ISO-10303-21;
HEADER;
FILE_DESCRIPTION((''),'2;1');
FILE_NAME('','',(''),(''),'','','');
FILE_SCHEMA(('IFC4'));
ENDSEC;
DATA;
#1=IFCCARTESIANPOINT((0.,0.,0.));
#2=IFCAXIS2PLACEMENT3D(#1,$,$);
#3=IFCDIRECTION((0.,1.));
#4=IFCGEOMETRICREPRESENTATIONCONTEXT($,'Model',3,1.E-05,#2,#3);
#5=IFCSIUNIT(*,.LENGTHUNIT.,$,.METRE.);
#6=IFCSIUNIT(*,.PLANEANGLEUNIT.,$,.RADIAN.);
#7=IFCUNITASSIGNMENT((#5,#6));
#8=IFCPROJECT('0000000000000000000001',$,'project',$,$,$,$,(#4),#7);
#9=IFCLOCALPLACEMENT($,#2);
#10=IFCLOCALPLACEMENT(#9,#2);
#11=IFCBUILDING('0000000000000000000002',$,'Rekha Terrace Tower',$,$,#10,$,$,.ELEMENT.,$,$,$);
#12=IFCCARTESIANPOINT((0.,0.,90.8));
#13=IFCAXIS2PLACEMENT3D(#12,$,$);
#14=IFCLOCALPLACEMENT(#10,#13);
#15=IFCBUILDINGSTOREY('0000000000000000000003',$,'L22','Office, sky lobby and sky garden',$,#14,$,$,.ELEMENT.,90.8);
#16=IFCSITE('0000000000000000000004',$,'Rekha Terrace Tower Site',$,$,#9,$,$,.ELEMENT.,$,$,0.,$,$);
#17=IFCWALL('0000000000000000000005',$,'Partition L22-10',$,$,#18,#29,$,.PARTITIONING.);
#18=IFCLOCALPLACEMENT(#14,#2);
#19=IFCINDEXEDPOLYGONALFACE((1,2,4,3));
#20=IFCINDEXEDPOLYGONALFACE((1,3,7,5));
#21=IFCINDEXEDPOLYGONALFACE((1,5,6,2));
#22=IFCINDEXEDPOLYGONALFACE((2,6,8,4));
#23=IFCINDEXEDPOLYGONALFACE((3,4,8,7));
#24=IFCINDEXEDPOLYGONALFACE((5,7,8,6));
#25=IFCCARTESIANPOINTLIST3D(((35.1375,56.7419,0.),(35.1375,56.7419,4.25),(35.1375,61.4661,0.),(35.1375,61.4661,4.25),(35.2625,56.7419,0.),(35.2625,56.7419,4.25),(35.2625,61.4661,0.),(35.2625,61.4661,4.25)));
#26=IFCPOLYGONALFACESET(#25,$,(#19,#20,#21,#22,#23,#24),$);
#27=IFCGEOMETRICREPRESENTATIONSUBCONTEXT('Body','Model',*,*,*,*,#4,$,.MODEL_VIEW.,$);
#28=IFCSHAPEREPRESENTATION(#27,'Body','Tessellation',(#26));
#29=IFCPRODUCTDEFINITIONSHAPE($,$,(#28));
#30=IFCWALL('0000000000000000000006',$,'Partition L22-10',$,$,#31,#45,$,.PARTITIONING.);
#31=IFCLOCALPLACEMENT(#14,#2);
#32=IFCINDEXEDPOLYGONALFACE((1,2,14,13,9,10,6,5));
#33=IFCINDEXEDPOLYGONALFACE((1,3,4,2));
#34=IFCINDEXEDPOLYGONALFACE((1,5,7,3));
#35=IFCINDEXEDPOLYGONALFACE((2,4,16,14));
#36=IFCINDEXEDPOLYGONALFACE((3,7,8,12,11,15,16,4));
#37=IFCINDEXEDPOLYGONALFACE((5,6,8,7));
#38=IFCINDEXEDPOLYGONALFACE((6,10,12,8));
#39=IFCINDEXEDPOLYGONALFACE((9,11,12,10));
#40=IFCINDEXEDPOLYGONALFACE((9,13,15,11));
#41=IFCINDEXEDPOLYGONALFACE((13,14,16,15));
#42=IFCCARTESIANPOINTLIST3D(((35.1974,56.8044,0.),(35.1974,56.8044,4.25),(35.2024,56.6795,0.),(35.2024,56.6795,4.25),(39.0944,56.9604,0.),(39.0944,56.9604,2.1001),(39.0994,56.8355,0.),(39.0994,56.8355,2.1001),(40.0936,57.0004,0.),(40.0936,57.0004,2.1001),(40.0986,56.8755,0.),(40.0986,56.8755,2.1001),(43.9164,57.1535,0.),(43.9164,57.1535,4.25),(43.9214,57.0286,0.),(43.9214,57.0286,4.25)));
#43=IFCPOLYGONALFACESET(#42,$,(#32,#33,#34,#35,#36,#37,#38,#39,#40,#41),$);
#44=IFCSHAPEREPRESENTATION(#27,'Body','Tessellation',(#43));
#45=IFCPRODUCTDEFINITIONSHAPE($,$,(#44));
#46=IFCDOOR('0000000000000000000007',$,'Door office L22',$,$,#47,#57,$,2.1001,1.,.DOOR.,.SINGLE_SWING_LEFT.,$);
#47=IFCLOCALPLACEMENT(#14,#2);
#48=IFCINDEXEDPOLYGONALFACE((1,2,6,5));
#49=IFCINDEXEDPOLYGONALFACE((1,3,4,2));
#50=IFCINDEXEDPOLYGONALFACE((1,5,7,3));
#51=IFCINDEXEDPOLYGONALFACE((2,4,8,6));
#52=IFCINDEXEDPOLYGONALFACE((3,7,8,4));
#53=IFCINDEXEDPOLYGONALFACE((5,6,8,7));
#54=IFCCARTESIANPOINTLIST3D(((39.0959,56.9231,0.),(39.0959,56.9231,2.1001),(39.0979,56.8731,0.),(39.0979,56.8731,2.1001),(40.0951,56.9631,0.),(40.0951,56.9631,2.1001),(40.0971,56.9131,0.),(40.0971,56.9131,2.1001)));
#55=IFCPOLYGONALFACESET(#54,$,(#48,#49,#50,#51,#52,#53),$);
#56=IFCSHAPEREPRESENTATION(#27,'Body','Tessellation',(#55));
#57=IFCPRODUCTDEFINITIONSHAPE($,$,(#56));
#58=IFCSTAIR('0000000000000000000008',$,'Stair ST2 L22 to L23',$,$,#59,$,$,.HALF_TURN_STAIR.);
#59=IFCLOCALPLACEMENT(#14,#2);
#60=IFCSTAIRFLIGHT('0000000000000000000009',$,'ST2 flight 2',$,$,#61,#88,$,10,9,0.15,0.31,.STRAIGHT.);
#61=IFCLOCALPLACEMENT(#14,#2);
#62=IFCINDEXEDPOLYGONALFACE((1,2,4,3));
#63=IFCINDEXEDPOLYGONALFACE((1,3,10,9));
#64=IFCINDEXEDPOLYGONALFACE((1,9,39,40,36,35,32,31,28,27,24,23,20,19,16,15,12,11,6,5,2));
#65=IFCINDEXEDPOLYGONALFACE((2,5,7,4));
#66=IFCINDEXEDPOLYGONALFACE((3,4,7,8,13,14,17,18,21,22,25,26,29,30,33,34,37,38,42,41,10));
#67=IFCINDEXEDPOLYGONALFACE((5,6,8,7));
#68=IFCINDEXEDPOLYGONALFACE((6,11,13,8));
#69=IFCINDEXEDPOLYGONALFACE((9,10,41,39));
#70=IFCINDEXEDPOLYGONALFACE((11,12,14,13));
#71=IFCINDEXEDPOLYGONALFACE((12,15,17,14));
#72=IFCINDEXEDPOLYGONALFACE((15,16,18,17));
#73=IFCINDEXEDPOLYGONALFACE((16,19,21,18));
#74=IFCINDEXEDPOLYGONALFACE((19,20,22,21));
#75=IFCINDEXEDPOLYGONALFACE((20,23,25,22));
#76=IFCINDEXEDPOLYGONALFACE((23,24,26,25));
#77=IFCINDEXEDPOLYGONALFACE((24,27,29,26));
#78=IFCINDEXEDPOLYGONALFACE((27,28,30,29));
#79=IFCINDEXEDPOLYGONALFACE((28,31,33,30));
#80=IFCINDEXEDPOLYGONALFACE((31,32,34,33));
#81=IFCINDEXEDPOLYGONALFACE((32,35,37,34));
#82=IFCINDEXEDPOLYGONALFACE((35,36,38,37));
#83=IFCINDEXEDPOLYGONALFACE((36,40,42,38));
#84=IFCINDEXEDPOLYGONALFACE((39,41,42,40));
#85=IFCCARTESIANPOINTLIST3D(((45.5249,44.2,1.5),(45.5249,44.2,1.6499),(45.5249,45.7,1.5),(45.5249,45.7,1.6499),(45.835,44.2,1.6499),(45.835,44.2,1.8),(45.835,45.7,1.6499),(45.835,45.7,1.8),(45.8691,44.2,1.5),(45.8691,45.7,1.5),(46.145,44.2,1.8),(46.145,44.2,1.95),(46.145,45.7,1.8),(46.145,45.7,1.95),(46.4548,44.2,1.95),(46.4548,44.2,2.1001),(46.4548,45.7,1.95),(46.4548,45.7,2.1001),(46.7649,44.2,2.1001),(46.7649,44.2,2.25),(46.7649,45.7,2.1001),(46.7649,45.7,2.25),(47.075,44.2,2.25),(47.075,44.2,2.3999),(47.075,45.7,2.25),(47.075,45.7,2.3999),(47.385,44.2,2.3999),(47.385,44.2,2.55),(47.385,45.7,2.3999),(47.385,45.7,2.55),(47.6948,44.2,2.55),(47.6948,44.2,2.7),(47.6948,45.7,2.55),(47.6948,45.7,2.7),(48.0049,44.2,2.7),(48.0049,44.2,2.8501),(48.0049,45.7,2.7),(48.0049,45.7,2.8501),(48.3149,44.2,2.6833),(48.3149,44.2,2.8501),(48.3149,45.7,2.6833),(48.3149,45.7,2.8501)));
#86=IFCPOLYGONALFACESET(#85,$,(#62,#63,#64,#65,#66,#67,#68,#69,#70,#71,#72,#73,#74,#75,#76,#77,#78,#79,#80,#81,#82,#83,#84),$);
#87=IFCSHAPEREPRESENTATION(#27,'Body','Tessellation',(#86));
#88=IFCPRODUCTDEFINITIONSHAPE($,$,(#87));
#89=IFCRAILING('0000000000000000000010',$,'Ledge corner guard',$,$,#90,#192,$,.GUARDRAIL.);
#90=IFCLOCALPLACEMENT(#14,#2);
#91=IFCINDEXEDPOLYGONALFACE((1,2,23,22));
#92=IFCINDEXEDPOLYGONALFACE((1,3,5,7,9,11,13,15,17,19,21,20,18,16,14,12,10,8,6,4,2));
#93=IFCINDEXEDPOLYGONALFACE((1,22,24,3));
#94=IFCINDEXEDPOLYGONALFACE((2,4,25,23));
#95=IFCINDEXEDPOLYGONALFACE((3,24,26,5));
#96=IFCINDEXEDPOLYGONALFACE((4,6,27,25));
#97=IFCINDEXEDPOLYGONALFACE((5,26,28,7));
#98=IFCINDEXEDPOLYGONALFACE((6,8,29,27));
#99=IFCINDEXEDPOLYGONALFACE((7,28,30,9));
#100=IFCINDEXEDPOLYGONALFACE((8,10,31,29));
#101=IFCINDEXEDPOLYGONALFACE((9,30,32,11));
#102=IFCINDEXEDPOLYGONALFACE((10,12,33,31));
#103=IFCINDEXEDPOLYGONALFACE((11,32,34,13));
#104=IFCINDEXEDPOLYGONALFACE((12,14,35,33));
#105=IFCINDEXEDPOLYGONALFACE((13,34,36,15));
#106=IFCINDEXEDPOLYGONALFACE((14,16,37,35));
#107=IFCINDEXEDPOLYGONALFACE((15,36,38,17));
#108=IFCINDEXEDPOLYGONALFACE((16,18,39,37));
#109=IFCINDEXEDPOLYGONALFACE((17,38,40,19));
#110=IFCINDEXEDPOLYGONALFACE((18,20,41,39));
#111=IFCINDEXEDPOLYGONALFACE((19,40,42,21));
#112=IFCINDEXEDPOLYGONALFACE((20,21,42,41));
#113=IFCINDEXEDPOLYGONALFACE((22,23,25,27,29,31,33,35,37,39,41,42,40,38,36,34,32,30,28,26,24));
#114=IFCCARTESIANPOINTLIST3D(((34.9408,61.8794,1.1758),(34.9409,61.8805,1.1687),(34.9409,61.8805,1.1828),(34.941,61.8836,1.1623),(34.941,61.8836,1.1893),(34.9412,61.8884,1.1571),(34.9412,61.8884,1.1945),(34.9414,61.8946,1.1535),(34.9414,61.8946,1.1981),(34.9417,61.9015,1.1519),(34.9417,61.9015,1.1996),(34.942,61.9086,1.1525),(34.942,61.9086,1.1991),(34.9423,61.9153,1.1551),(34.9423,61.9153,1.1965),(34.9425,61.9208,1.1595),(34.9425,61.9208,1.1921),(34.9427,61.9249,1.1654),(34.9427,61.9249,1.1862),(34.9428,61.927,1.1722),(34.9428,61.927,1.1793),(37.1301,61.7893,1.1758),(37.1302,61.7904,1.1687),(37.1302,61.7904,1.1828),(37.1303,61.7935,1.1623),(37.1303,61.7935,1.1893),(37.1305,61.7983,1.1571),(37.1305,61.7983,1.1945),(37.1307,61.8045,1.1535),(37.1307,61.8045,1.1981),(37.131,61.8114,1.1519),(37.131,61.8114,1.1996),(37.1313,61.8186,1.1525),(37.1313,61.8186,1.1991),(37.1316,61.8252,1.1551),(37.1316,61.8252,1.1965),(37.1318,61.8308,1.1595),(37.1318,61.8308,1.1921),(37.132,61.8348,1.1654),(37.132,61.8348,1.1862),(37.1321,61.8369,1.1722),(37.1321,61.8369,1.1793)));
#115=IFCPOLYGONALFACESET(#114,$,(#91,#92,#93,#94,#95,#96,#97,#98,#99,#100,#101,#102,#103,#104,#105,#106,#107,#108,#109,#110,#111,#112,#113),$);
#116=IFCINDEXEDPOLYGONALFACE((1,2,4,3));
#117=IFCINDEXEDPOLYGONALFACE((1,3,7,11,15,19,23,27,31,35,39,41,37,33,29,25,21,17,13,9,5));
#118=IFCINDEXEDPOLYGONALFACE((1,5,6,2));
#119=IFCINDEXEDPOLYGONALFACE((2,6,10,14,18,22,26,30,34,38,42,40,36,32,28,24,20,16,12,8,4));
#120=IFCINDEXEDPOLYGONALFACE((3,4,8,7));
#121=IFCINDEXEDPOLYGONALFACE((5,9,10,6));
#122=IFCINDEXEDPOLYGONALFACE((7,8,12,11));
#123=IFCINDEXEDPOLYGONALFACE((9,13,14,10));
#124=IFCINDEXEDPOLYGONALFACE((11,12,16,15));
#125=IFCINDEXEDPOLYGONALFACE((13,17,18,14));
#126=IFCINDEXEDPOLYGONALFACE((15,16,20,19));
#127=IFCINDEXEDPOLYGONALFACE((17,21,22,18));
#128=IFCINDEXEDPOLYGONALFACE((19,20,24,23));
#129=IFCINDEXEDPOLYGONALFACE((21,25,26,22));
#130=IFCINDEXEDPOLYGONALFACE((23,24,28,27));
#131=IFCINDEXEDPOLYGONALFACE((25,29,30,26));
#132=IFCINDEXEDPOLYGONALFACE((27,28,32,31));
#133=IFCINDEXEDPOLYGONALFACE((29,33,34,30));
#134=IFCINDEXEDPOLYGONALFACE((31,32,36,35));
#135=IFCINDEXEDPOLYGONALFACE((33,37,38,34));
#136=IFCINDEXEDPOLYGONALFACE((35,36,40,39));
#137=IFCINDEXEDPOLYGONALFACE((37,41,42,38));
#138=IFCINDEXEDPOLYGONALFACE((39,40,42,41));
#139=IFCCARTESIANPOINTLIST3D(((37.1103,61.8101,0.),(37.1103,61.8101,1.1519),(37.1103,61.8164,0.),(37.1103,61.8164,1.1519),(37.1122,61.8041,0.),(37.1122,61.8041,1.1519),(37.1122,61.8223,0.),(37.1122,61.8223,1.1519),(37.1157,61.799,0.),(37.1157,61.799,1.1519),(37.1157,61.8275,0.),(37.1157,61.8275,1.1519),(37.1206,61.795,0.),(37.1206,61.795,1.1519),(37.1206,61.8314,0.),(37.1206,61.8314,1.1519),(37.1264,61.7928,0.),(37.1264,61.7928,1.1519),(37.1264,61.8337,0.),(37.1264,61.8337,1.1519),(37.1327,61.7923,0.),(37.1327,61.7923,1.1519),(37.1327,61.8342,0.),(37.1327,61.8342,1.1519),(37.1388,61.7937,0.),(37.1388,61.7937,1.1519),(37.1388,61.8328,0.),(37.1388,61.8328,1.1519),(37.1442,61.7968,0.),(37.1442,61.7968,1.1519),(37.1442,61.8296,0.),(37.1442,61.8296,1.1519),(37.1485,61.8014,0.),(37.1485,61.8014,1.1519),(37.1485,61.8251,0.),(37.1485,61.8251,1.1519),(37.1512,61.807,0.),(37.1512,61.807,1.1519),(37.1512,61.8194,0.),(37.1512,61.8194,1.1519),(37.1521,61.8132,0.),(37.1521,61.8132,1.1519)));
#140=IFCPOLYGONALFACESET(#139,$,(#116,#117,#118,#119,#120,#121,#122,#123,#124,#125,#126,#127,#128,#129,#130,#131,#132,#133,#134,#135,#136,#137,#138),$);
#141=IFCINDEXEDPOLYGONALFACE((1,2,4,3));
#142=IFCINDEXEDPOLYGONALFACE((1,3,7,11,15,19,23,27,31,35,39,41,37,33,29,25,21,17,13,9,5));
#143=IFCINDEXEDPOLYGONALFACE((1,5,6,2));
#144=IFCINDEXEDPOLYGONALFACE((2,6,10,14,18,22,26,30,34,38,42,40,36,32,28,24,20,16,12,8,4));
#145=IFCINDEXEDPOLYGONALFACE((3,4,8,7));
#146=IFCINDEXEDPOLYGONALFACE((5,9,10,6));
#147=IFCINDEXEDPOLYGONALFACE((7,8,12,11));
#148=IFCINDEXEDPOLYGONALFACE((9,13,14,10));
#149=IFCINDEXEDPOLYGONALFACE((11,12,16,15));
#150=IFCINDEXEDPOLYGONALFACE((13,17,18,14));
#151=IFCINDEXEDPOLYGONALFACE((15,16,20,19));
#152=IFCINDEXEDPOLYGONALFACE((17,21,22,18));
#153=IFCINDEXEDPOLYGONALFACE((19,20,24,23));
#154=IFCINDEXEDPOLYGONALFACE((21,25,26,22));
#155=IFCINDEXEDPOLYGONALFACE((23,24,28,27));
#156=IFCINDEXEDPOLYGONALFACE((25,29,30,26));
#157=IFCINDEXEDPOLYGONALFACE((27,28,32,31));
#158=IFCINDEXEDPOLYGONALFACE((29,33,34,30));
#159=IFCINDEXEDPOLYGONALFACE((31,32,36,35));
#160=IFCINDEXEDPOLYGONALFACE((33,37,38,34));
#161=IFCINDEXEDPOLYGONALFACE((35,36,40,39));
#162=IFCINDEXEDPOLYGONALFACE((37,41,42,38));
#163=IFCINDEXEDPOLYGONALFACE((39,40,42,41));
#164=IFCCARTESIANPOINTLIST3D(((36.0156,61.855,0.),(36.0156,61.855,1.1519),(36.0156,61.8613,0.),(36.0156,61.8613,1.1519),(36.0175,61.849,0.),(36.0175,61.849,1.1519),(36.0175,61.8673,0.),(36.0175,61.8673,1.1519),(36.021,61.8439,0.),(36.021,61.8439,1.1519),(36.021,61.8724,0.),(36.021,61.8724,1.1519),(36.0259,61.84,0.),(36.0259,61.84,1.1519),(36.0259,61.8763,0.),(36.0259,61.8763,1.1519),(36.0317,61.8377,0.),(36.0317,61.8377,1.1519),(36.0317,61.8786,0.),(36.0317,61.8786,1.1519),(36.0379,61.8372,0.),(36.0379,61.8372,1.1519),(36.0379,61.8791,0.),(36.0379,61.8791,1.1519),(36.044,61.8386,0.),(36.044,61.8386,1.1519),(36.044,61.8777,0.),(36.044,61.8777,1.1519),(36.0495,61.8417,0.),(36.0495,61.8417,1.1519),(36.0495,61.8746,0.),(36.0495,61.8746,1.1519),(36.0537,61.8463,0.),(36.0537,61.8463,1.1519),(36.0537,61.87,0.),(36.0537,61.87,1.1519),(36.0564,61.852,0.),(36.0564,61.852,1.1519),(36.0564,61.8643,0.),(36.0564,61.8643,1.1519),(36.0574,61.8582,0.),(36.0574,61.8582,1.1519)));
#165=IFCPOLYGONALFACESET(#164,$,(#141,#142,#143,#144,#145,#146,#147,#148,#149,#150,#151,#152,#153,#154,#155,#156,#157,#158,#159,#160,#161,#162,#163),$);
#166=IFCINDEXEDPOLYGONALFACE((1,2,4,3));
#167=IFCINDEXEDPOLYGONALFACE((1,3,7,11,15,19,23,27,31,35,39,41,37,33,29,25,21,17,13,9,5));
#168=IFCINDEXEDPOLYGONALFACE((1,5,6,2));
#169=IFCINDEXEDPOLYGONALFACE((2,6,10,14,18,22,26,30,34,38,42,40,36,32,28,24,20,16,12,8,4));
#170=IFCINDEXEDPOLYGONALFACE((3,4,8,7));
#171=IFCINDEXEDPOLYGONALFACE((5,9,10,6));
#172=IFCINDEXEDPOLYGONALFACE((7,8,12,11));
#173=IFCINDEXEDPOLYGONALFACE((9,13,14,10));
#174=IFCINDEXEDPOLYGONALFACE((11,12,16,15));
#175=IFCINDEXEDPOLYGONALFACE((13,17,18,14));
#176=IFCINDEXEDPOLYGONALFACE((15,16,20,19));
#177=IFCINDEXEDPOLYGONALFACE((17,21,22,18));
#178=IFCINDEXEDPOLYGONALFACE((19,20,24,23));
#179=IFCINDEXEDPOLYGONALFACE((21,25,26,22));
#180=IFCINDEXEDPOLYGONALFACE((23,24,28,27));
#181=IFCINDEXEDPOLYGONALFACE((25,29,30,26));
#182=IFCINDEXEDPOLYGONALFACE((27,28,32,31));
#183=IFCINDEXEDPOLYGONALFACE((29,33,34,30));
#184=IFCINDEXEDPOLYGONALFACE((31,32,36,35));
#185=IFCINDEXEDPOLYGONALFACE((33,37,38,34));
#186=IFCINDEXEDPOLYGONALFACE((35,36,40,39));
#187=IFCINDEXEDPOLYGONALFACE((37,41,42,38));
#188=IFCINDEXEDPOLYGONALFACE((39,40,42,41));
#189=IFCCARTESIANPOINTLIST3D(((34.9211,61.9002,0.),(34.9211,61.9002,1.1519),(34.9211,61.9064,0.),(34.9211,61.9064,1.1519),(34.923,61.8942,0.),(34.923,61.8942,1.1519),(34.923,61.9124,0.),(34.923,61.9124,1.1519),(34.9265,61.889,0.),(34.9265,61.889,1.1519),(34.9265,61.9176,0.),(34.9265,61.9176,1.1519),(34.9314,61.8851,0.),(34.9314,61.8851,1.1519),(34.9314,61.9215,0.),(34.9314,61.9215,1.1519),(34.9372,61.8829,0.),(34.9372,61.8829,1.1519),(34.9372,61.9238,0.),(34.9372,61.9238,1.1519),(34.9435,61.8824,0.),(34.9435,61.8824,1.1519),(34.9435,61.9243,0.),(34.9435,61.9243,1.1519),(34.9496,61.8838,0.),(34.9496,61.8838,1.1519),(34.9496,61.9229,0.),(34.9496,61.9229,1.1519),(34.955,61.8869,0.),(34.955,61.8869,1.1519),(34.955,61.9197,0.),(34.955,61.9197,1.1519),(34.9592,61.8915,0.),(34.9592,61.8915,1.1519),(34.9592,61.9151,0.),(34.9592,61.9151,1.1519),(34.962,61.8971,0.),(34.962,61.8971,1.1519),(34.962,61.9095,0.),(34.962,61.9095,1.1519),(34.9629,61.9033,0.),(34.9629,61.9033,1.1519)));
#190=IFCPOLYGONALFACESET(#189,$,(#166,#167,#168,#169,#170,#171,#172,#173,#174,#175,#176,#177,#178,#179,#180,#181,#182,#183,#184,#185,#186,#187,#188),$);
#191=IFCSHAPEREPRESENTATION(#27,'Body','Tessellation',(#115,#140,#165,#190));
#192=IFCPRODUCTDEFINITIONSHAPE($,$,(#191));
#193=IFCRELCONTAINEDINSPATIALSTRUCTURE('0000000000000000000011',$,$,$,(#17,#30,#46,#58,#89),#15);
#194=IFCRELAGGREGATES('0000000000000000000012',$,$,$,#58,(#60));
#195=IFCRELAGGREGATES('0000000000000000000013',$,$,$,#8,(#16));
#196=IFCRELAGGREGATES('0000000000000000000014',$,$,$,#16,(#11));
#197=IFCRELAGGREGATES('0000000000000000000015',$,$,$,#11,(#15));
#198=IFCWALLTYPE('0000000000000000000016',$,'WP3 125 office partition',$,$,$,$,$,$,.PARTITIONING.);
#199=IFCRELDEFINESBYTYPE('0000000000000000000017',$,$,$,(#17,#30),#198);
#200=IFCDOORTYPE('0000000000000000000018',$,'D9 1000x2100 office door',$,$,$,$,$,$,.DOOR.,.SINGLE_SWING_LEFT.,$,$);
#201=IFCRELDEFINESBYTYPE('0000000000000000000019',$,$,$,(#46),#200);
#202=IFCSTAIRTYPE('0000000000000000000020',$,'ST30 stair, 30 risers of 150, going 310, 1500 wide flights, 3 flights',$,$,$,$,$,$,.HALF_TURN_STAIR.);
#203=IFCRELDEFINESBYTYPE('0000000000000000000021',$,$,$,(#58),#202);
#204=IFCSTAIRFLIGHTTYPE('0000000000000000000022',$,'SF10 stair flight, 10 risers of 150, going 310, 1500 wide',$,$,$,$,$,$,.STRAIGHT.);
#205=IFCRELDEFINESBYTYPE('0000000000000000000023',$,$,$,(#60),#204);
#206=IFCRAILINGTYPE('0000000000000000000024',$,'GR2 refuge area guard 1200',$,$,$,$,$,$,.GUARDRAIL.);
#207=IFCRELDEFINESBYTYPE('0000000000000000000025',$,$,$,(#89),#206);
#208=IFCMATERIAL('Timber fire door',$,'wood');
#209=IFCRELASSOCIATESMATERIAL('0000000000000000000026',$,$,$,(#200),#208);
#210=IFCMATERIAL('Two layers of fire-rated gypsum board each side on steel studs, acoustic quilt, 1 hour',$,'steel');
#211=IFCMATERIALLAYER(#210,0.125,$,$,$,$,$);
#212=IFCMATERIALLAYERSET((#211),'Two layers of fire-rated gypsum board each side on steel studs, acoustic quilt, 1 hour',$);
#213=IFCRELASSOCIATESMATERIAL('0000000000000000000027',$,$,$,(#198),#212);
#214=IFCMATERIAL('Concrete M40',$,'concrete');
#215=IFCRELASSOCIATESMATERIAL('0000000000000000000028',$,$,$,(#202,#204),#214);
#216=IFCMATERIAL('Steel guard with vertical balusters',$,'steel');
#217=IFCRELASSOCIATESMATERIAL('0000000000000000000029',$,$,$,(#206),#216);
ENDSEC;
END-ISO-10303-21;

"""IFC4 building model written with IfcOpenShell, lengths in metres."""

from ifc_helpers import new_model, si_unit, direction, frame, frame_2d, origin, origin_2d, place, context, subcontext, project, spatial, polyline, rectangle, circle, outline, extrude, material, layer, layer_set, type_object, element, fill, aggregate, save


model = new_model("IFC4")

# Units and contexts
model_context = context("Model", 3, precision=1e-05, world=origin(), true_north=direction((0.0, 1.0)))
body_context = subcontext(model_context, "Body", "Model", "MODEL_VIEW")
ifc_project = project(units=[si_unit("LENGTHUNIT", "METRE"), si_unit("PLANEANGLEUNIT", "RADIAN")], contexts=[model_context])

# Site, building, storey
site_placement = place(None, origin())
site = spatial("IfcSite", under=ifc_project, at=site_placement, Name="Rekha Terrace Tower Site", CompositionType="ELEMENT", RefElevation=0.0)
building_placement = place(site_placement, origin())
building = spatial("IfcBuilding", under=site, at=building_placement, Name="Rekha Terrace Tower", CompositionType="ELEMENT")
storey_placement = place(building_placement, frame((0.0, 0.0, 90.8)))
storey = spatial("IfcBuildingStorey", under=building, at=storey_placement, Name="L22", Description="Office, sky lobby and sky garden", CompositionType="ELEMENT", Elevation=90.8)

# Shared definitions
ifc_material_1 = material(Name="Concrete M40", Category="concrete")

# Shared definitions
ifc_material_2 = material(Name="Timber fire door", Category="wood")
door_type_1 = type_object("IfcDoorType", Name="D9 1000x2100 office door", OperationType="SINGLE_SWING_LEFT", PredefinedType="DOOR", material=ifc_material_2)

# Wall
ifc_material_3 = material(Name="Two layers of fire-rated gypsum board each side on steel studs, acoustic quilt, 1 hour", Category="steel")
ifc_layer_1 = layer(ifc_material_3, 0.125)
ifc_layer_set_1 = layer_set([ifc_layer_1], Name="Two layers of fire-rated gypsum board each side on steel studs, acoustic quilt, 1 hour")
wall_type_1 = type_object("IfcWallType", Name="WP3 125 office partition", PredefinedType="PARTITIONING", material=ifc_layer_set_1)
wall_1_placement = place(storey_placement, frame((35.2, 56.7419, 0.0), z_axis=(0.0, 0.0, 1.0), x_axis=(0.0, 1.0, 0.0)))
element("IfcWall", 1, at=wall_1_placement, inside=storey, type_object=wall_type_1, Name="Partition L22-10", PredefinedType="PARTITIONING", context=body_context, shape_type="SweptSolid", body=[
    extrude(rectangle(XDim=4.7241, YDim=0.125, at=frame_2d((2.3621, 0.0))), origin(), (0.0, 0.0, 1.0), 4.25),
])

# Wall, opening, door
wall_2_placement = place(storey_placement, frame((43.9189, 57.0911, 0.0), z_axis=(0.0, 0.0, 1.0), x_axis=(-0.999199, -0.040009, 0.0)))
wall_2 = element("IfcWall", 2, at=wall_2_placement, inside=storey, type_object=wall_type_1, Name="Partition L22-10", PredefinedType="PARTITIONING", context=body_context, shape_type="SweptSolid", body=[
    extrude(rectangle(XDim=8.7261, YDim=0.125, at=frame_2d((4.363, 0.0))), origin(), (0.0, 0.0, 1.0), 4.25),
])
opening_1_placement = place(wall_2_placement, frame((3.8259, 0.0, 0.0)))
opening_1 = element("IfcOpeningElement", 3, at=opening_1_placement, cuts=wall_2, PredefinedType="OPENING", context=body_context, shape_type="SweptSolid", body=[
    extrude(rectangle(XDim=1.0, YDim=2.1001, at=frame_2d((0.5, 1.05))), frame((0.0, 0.0725, 0.0), z_axis=(0.0, -1.0, 0.0), x_axis=(1.0, 0.0, 0.0)), (0.0, 0.0, 1.0), 0.145),
])
door_1_placement = place(opening_1_placement, origin())
door_1 = element("IfcDoor", 4, at=door_1_placement, inside=storey, type_object=door_type_1, Name="Door office L22", OperationType="SINGLE_SWING_LEFT", OverallHeight=2.1001, OverallWidth=1.0, PredefinedType="DOOR", context=body_context, shape_type="SweptSolid", body=[
    extrude(rectangle(XDim=1.0, YDim=2.1001, at=frame_2d((0.5, 1.05))), frame((0.0, 0.0249, 0.0), z_axis=(0.0, -1.0, 0.0), x_axis=(1.0, 0.0, 0.0)), (0.0, 0.0, 1.0), 0.05),
])
fill(opening_1, door_1)

# Stair, stair flight
stair_type = type_object("IfcStairType", Name="ST30 stair, 30 risers of 150, going 310, 1500 wide flights, 3 flights", PredefinedType="HALF_TURN_STAIR", material=ifc_material_1)
stair_placement = place(storey_placement, origin())
stair = element("IfcStair", 5, at=stair_placement, inside=storey, type_object=stair_type, Name="Stair ST2 L22 to L23", PredefinedType="HALF_TURN_STAIR")
stair_flight_type = type_object("IfcStairFlightType", Name="SF10 stair flight, 10 risers of 150, going 310, 1500 wide", PredefinedType="STRAIGHT", material=ifc_material_1)
stair_flight_placement = place(storey_placement, frame((45.5249, 44.95, 1.5), z_axis=(0.0, 0.0, 1.0), x_axis=(1.0, 0.0, 0.0)))
stair_flight = element("IfcStairFlight", 6, at=stair_flight_placement, type_object=stair_flight_type, Name="ST2 flight 2", NumberOfRisers=10, NumberOfTreads=9, PredefinedType="STRAIGHT", RiserHeight=0.15, TreadLength=0.31, context=body_context, shape_type="SweptSolid", body=[
    extrude(outline(polyline([(0.0, 0.0), (0.0, 0.1499), (0.3101, 0.1499), (0.3101, 0.3), (0.6201, 0.3), (0.6201, 0.45), (0.9299, 0.45), (0.9299, 0.6001), (1.24, 0.6001), (1.24, 0.75), (1.55, 0.75), (1.55, 0.8999), (1.8601, 0.8999), (1.8601, 1.05), (2.1699, 1.05), (2.1699, 1.2), (2.48, 1.2), (2.48, 1.3501), (2.79, 1.3501), (2.79, 1.5), (2.79, 1.1833), (0.3442, 0.0), (0.0, 0.0)])), frame((0.0, 0.75, 0.0), z_axis=(0.0, -1.0, 0.0), x_axis=(1.0, 0.0, 0.0)), (0.0, 0.0, 1.0), 1.5),
])
aggregate(stair, [stair_flight])

# Railing
ifc_material_4 = material(Name="Steel guard with vertical balusters", Category="steel")
railing_type_1 = type_object("IfcRailingType", Name="GR2 refuge area guard 1200", PredefinedType="GUARDRAIL", material=ifc_material_4)
railing_1_placement = place(storey_placement, frame((37.1311, 61.8132, 0.0)))
element("IfcRailing", 7, at=railing_1_placement, inside=storey, type_object=railing_type_1, Name="Ledge corner guard", PredefinedType="GUARDRAIL", context=body_context, shape_type="SweptSolid", body=[
    extrude(circle(Radius=0.0239, at=origin_2d()), frame((0.0, 0.0, 1.1758), z_axis=(-0.999154, 0.041116, 0.0), x_axis=(-0.041116, -0.999154, 0.0)), (0.0, 0.0, 1.0), 2.1912),
    extrude(circle(Radius=0.021, at=origin_2d()), origin(), (0.0, 0.0, 1.0), 1.1519),
    extrude(circle(Radius=0.021, at=origin_2d()), frame((-1.0947, 0.0449, 0.0)), (0.0, 0.0, 1.0), 1.1519),
    extrude(circle(Radius=0.021, at=origin_2d()), frame((-2.1892, 0.0901, 0.0)), (0.0, 0.0, 1.0), 1.1519),
])

save(model, "model.ifc")
